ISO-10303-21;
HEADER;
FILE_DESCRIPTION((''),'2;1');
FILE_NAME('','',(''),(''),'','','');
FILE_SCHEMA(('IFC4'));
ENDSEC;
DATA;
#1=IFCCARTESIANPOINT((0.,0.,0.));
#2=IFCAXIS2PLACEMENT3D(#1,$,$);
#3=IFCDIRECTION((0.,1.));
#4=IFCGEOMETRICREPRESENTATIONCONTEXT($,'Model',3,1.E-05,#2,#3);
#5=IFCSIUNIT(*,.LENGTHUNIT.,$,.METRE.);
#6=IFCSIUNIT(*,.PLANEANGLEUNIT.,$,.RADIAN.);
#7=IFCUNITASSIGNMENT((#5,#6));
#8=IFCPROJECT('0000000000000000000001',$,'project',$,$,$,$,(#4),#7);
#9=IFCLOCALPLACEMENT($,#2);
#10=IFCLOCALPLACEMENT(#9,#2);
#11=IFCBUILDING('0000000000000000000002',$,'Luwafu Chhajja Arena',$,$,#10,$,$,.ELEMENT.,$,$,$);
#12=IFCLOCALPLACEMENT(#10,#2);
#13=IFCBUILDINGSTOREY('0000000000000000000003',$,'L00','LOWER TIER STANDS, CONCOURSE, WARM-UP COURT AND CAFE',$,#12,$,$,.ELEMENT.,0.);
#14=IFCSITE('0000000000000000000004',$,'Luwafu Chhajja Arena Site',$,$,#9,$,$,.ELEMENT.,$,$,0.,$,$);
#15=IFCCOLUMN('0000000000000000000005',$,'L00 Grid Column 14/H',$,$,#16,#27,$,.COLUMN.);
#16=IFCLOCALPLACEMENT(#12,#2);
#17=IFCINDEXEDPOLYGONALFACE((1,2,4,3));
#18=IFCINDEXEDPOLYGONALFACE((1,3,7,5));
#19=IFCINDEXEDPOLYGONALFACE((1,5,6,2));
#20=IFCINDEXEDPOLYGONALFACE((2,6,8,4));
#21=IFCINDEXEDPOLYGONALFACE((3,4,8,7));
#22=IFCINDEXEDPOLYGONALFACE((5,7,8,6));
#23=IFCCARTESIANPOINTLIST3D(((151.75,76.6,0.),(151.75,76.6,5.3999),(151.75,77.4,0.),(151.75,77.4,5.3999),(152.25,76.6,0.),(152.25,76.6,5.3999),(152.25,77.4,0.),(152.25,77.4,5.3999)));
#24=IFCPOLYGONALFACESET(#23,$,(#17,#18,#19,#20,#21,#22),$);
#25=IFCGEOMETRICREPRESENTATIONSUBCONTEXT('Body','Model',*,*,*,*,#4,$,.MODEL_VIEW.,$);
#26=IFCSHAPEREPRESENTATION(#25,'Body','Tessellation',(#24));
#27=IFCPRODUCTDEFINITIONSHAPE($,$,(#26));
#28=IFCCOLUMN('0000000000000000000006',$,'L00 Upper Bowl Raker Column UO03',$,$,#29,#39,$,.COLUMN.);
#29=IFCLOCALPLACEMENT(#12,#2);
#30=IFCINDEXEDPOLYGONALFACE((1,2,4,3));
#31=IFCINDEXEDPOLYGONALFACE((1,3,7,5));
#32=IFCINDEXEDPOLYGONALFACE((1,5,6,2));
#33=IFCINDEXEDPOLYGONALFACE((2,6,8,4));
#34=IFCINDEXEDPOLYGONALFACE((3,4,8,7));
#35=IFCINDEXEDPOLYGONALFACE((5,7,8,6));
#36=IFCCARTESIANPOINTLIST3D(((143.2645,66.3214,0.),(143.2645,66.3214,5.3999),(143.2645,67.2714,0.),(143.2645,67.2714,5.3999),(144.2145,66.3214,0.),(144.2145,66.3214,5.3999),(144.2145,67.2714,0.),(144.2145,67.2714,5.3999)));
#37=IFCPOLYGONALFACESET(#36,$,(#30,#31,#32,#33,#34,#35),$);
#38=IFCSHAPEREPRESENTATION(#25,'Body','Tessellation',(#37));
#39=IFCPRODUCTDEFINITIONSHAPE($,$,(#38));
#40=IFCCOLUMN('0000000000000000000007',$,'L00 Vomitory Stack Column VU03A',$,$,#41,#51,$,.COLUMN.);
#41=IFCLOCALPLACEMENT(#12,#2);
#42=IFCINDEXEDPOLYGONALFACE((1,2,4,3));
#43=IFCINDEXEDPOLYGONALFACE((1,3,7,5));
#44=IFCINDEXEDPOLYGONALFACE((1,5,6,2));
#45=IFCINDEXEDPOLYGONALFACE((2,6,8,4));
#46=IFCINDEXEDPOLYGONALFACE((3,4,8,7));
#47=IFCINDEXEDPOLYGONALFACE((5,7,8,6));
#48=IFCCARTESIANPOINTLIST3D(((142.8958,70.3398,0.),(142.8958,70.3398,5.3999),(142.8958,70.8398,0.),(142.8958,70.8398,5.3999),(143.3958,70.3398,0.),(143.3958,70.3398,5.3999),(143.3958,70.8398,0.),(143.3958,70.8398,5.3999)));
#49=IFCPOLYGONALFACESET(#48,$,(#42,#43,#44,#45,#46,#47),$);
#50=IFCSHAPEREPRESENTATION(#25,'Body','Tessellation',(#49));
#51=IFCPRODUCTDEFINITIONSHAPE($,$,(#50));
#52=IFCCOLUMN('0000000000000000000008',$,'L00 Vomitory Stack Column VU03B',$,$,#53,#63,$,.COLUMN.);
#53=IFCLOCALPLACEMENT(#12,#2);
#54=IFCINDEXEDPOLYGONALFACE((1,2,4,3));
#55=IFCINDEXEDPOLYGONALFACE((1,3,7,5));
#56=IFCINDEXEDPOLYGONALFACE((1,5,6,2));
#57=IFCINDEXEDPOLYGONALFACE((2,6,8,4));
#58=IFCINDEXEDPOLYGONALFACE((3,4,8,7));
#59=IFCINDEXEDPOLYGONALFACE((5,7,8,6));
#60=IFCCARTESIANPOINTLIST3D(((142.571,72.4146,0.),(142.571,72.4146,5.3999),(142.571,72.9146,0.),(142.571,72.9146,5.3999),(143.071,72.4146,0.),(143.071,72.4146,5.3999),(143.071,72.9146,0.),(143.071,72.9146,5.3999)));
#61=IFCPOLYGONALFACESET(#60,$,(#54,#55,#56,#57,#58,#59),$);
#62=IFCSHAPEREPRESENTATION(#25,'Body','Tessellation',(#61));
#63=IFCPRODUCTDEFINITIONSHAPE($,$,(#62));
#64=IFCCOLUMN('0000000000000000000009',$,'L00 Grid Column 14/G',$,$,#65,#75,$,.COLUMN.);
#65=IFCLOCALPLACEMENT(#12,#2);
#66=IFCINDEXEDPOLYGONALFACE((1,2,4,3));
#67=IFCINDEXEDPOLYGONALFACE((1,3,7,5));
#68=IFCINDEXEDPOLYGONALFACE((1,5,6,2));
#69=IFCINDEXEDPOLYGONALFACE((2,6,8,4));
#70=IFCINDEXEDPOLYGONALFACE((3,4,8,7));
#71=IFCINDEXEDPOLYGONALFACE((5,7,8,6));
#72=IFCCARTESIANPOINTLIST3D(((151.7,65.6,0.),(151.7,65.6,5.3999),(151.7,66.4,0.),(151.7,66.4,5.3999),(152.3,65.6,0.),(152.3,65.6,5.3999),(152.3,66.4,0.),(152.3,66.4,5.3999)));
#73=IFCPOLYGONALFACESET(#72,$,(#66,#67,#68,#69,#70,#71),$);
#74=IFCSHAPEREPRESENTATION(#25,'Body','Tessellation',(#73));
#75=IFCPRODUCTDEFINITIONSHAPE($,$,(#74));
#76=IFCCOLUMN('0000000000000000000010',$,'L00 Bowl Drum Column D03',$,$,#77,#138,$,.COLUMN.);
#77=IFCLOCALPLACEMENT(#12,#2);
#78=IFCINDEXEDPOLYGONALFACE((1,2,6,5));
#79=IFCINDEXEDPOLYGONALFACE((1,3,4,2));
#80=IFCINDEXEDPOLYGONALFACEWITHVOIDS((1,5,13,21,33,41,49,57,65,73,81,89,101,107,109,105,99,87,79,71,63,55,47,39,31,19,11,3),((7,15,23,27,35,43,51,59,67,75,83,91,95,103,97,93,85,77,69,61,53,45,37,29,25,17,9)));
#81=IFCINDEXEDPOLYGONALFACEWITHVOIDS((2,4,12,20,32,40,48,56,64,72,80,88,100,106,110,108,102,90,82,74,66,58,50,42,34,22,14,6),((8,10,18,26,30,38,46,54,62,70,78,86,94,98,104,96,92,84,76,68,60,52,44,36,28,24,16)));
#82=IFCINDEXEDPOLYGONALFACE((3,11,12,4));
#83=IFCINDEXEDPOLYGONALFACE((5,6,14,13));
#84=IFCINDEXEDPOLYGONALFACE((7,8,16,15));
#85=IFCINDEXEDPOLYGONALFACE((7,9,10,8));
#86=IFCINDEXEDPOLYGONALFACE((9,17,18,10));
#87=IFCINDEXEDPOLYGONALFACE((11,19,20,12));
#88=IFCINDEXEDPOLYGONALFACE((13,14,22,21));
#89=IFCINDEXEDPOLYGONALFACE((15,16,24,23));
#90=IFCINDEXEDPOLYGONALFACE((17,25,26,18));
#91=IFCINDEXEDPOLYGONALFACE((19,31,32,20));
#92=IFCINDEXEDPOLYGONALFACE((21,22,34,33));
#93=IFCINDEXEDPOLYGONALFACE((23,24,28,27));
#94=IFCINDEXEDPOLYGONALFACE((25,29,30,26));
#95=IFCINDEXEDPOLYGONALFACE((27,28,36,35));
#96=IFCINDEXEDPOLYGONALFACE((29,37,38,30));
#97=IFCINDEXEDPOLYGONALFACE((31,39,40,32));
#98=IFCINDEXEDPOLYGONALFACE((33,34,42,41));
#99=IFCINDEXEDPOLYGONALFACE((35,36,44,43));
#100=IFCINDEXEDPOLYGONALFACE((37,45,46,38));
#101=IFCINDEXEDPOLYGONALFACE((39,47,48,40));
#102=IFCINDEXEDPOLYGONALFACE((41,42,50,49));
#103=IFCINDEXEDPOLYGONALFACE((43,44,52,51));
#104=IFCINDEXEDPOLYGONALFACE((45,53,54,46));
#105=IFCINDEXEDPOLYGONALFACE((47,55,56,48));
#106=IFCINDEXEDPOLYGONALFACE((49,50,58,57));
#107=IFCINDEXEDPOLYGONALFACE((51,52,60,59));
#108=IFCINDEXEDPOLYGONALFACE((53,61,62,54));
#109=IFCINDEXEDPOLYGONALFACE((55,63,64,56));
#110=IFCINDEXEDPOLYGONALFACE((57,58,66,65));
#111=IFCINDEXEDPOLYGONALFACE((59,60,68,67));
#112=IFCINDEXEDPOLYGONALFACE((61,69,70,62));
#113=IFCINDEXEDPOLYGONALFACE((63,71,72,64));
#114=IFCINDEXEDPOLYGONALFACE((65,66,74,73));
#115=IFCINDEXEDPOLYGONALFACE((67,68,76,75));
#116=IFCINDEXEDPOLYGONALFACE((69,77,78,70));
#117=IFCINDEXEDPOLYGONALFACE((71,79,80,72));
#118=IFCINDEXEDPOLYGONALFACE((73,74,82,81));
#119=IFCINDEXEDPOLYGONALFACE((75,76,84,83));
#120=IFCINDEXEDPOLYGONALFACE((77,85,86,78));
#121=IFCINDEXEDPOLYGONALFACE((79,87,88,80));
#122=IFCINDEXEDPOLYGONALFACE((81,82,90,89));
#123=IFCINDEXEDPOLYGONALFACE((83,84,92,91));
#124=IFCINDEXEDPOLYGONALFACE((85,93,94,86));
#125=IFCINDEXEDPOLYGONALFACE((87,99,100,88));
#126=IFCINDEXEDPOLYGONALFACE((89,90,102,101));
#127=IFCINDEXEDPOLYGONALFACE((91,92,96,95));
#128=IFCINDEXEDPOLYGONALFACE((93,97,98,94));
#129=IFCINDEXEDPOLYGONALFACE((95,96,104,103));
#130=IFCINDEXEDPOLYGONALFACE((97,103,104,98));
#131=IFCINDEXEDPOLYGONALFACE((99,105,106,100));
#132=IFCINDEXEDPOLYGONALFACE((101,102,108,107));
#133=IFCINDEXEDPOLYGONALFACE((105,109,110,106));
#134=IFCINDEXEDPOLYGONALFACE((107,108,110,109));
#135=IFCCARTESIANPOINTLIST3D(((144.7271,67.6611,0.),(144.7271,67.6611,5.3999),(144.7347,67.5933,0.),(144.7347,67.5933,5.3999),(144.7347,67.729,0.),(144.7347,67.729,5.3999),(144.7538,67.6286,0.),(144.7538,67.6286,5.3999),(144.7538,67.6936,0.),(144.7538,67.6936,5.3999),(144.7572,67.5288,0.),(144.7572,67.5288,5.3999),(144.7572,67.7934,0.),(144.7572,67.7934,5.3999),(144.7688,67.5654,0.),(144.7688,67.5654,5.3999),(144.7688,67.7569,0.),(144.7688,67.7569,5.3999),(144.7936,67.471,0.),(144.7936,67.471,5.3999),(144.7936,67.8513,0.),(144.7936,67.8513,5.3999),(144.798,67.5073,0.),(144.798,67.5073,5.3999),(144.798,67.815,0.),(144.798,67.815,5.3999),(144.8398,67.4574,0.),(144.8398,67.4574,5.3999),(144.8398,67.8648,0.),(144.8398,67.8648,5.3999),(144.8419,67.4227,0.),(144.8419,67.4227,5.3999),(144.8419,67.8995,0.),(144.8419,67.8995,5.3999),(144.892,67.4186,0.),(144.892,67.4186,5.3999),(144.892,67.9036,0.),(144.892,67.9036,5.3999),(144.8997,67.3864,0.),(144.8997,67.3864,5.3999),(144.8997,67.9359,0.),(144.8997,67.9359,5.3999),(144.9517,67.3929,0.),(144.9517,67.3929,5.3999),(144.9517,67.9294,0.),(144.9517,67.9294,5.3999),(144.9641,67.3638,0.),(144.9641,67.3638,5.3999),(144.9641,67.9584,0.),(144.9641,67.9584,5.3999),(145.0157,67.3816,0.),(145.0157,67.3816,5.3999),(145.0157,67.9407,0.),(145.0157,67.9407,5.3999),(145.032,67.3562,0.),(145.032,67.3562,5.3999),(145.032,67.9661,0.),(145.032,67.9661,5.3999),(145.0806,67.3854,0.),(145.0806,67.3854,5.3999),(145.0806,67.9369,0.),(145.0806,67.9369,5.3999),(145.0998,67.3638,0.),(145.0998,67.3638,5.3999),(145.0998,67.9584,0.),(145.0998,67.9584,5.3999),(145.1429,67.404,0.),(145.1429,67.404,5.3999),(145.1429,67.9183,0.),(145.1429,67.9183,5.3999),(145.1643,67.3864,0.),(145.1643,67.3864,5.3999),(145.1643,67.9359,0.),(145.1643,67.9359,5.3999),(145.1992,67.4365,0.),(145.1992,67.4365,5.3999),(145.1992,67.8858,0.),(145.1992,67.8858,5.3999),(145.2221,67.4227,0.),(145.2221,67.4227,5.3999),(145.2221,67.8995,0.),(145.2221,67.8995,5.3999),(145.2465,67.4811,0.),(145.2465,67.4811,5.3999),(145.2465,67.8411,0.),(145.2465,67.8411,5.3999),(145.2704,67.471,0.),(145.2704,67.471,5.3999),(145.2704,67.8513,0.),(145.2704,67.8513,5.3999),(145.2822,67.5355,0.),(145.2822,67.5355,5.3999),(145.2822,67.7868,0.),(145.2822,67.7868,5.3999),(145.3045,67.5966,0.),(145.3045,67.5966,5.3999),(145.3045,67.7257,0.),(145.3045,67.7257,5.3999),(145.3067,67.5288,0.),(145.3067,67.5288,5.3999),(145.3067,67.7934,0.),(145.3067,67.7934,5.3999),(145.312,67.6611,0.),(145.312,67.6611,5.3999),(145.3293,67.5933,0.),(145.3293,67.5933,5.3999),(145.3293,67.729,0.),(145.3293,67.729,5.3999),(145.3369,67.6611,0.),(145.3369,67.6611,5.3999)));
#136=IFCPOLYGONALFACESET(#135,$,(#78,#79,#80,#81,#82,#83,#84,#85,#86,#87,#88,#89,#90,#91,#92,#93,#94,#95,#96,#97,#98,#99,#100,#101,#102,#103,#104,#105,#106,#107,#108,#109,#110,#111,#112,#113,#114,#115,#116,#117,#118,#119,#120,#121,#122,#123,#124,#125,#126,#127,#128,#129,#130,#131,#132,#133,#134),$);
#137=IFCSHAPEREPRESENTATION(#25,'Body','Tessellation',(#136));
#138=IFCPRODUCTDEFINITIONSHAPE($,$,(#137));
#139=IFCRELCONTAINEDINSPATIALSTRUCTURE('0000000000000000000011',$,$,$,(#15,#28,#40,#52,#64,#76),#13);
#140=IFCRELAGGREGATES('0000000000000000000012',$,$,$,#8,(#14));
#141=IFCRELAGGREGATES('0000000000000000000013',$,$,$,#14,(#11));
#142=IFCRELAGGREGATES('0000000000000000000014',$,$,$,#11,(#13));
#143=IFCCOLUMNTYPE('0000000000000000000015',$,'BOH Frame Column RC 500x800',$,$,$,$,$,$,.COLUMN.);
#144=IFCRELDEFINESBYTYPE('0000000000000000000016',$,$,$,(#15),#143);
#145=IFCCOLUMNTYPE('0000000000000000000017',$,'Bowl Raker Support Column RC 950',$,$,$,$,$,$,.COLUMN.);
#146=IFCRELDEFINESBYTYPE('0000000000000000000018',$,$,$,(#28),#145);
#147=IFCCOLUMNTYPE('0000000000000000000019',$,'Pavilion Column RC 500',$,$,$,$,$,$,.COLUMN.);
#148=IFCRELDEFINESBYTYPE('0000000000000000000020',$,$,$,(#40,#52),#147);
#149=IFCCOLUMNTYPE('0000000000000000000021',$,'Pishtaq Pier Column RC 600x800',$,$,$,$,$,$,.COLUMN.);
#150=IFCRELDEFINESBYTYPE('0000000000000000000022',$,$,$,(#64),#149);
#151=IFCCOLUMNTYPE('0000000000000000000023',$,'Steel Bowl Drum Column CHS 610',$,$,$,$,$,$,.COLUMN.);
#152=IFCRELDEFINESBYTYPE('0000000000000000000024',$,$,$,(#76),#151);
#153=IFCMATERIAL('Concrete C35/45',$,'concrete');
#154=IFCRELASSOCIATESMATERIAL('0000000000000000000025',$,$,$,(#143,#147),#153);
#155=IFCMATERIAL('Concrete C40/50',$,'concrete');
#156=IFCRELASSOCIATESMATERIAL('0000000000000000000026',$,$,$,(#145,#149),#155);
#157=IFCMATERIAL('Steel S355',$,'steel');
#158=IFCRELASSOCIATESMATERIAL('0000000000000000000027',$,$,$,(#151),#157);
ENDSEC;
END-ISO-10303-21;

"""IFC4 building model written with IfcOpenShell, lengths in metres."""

from ifc_helpers import new_model, si_unit, direction, frame, origin, origin_2d, place, context, subcontext, project, spatial, rectangle, hollow_circle, extrude, material, material_profile, profile_set, type_object, element, save


model = new_model("IFC4")

# Units and contexts
model_context = context("Model", 3, precision=1e-05, world=origin(), true_north=direction((0.0, 1.0)))
body_context = subcontext(model_context, "Body", "Model", "MODEL_VIEW")
ifc_project = project(units=[si_unit("LENGTHUNIT", "METRE"), si_unit("PLANEANGLEUNIT", "RADIAN")], contexts=[model_context])

# Site, building, storey
site_placement = place(None, origin())
site = spatial("IfcSite", under=ifc_project, at=site_placement, Name="Luwafu Chhajja Arena Site", CompositionType="ELEMENT", RefElevation=0.0)
building_placement = place(site_placement, origin())
building = spatial("IfcBuilding", under=site, at=building_placement, Name="Luwafu Chhajja Arena", CompositionType="ELEMENT")
storey_placement = place(building_placement, origin())
storey = spatial("IfcBuildingStorey", under=building, at=storey_placement, Name="L00", Description="LOWER TIER STANDS, CONCOURSE, WARM-UP COURT AND CAFE", CompositionType="ELEMENT", Elevation=0.0)

# Columns
ifc_material_1 = material(Name="Concrete C35/45", Category="concrete")
ifc_material_profile_1 = material_profile(ifc_material_1, rectangle(XDim=0.5, YDim=0.8, at=origin_2d()), Name="RC 500x800")
ifc_profile_set_1 = profile_set([ifc_material_profile_1], Name="Concrete C35/45")
column_type_1 = type_object("IfcColumnType", Name="BOH Frame Column RC 500x800", PredefinedType="COLUMN", material=ifc_profile_set_1)
column_1_placement = place(storey_placement, frame((152.0, 77.0, 0.0), z_axis=(0.0, 0.0, 1.0), x_axis=(1.0, 0.0, 0.0)))
element("IfcColumn", 1, at=column_1_placement, inside=storey, type_object=column_type_1, Name="L00 Grid Column 14/H", PredefinedType="COLUMN", context=body_context, shape_type="SweptSolid", body=[
    extrude(rectangle(XDim=0.5, YDim=0.8, at=origin_2d()), origin(), (0.0, 0.0, 1.0), 5.3999),
])
ifc_material_2 = material(Name="Concrete C40/50", Category="concrete")
ifc_material_profile_2 = material_profile(ifc_material_2, rectangle(XDim=0.95, YDim=0.95, at=origin_2d()), Name="RC 950x950")
ifc_profile_set_2 = profile_set([ifc_material_profile_2], Name="Concrete C40/50")
column_type_2 = type_object("IfcColumnType", Name="Bowl Raker Support Column RC 950", PredefinedType="COLUMN", material=ifc_profile_set_2)
column_2_placement = place(storey_placement, frame((143.7395, 66.7964, 0.0), z_axis=(0.0, 0.0, 1.0), x_axis=(1.0, 0.0, 0.0)))
element("IfcColumn", 2, at=column_2_placement, inside=storey, type_object=column_type_2, Name="L00 Upper Bowl Raker Column UO03", PredefinedType="COLUMN", context=body_context, shape_type="SweptSolid", body=[
    extrude(rectangle(XDim=0.95, YDim=0.95, at=origin_2d()), origin(), (0.0, 0.0, 1.0), 5.3999),
])
ifc_material_profile_3 = material_profile(ifc_material_1, rectangle(XDim=0.5, YDim=0.5, at=origin_2d()), Name="RC 500x500")
ifc_profile_set_3 = profile_set([ifc_material_profile_3], Name="Concrete C35/45")
column_type_3 = type_object("IfcColumnType", Name="Pavilion Column RC 500", PredefinedType="COLUMN", material=ifc_profile_set_3)
for number, where, z_axis, x_axis, name in (
    (3, (143.1458, 70.5898, 0.0), (0.0, 0.0, 1.0), (1.0, 0.0, 0.0), "L00 Vomitory Stack Column VU03A"),
    (4, (142.821, 72.6646, 0.0), (0.0, 0.0, 1.0), (1.0, 0.0, 0.0), "L00 Vomitory Stack Column VU03B"),
):
    element("IfcColumn", number, at=place(storey_placement, frame(where, z_axis=z_axis, x_axis=x_axis)), inside=storey, type_object=column_type_3, Name=name, PredefinedType="COLUMN", context=body_context, shape_type="SweptSolid", body=[
        extrude(rectangle(XDim=0.5, YDim=0.5, at=origin_2d()), origin(), (0.0, 0.0, 1.0), 5.3999),
    ])
ifc_material_profile_4 = material_profile(ifc_material_2, rectangle(XDim=0.6001, YDim=0.8, at=origin_2d()), Name="RC 600x800")
ifc_profile_set_4 = profile_set([ifc_material_profile_4], Name="Concrete C40/50")
column_type_4 = type_object("IfcColumnType", Name="Pishtaq Pier Column RC 600x800", PredefinedType="COLUMN", material=ifc_profile_set_4)
column_3_placement = place(storey_placement, frame((152.0, 66.0, 0.0), z_axis=(0.0, 0.0, 1.0), x_axis=(1.0, 0.0, 0.0)))
element("IfcColumn", 5, at=column_3_placement, inside=storey, type_object=column_type_4, Name="L00 Grid Column 14/G", PredefinedType="COLUMN", context=body_context, shape_type="SweptSolid", body=[
    extrude(rectangle(XDim=0.6001, YDim=0.8, at=origin_2d()), origin(), (0.0, 0.0, 1.0), 5.3999),
])
ifc_material_3 = material(Name="Steel S355", Category="steel")
ifc_material_profile_5 = material_profile(ifc_material_3, hollow_circle(Radius=0.3049, WallThickness=0.0249, at=origin_2d()), Name="CHS 610x25")
ifc_profile_set_5 = profile_set([ifc_material_profile_5], Name="Steel S355")
column_type_5 = type_object("IfcColumnType", Name="Steel Bowl Drum Column CHS 610", PredefinedType="COLUMN", material=ifc_profile_set_5)
for number, where, z_axis, x_axis, name in (
    (6, (145.032, 67.6611, 0.0), (0.0, 0.0, 1.0), (1.0, 0.0, 0.0), "L00 Bowl Drum Column D03"),
):
    element("IfcColumn", number, at=place(storey_placement, frame(where, z_axis=z_axis, x_axis=x_axis)), inside=storey, type_object=column_type_5, Name=name, PredefinedType="COLUMN", context=body_context, shape_type="SweptSolid", body=[
        extrude(hollow_circle(Radius=0.3049, WallThickness=0.0249, at=origin_2d()), origin(), (0.0, 0.0, 1.0), 5.3999),
    ])

save(model, "model.ifc")
